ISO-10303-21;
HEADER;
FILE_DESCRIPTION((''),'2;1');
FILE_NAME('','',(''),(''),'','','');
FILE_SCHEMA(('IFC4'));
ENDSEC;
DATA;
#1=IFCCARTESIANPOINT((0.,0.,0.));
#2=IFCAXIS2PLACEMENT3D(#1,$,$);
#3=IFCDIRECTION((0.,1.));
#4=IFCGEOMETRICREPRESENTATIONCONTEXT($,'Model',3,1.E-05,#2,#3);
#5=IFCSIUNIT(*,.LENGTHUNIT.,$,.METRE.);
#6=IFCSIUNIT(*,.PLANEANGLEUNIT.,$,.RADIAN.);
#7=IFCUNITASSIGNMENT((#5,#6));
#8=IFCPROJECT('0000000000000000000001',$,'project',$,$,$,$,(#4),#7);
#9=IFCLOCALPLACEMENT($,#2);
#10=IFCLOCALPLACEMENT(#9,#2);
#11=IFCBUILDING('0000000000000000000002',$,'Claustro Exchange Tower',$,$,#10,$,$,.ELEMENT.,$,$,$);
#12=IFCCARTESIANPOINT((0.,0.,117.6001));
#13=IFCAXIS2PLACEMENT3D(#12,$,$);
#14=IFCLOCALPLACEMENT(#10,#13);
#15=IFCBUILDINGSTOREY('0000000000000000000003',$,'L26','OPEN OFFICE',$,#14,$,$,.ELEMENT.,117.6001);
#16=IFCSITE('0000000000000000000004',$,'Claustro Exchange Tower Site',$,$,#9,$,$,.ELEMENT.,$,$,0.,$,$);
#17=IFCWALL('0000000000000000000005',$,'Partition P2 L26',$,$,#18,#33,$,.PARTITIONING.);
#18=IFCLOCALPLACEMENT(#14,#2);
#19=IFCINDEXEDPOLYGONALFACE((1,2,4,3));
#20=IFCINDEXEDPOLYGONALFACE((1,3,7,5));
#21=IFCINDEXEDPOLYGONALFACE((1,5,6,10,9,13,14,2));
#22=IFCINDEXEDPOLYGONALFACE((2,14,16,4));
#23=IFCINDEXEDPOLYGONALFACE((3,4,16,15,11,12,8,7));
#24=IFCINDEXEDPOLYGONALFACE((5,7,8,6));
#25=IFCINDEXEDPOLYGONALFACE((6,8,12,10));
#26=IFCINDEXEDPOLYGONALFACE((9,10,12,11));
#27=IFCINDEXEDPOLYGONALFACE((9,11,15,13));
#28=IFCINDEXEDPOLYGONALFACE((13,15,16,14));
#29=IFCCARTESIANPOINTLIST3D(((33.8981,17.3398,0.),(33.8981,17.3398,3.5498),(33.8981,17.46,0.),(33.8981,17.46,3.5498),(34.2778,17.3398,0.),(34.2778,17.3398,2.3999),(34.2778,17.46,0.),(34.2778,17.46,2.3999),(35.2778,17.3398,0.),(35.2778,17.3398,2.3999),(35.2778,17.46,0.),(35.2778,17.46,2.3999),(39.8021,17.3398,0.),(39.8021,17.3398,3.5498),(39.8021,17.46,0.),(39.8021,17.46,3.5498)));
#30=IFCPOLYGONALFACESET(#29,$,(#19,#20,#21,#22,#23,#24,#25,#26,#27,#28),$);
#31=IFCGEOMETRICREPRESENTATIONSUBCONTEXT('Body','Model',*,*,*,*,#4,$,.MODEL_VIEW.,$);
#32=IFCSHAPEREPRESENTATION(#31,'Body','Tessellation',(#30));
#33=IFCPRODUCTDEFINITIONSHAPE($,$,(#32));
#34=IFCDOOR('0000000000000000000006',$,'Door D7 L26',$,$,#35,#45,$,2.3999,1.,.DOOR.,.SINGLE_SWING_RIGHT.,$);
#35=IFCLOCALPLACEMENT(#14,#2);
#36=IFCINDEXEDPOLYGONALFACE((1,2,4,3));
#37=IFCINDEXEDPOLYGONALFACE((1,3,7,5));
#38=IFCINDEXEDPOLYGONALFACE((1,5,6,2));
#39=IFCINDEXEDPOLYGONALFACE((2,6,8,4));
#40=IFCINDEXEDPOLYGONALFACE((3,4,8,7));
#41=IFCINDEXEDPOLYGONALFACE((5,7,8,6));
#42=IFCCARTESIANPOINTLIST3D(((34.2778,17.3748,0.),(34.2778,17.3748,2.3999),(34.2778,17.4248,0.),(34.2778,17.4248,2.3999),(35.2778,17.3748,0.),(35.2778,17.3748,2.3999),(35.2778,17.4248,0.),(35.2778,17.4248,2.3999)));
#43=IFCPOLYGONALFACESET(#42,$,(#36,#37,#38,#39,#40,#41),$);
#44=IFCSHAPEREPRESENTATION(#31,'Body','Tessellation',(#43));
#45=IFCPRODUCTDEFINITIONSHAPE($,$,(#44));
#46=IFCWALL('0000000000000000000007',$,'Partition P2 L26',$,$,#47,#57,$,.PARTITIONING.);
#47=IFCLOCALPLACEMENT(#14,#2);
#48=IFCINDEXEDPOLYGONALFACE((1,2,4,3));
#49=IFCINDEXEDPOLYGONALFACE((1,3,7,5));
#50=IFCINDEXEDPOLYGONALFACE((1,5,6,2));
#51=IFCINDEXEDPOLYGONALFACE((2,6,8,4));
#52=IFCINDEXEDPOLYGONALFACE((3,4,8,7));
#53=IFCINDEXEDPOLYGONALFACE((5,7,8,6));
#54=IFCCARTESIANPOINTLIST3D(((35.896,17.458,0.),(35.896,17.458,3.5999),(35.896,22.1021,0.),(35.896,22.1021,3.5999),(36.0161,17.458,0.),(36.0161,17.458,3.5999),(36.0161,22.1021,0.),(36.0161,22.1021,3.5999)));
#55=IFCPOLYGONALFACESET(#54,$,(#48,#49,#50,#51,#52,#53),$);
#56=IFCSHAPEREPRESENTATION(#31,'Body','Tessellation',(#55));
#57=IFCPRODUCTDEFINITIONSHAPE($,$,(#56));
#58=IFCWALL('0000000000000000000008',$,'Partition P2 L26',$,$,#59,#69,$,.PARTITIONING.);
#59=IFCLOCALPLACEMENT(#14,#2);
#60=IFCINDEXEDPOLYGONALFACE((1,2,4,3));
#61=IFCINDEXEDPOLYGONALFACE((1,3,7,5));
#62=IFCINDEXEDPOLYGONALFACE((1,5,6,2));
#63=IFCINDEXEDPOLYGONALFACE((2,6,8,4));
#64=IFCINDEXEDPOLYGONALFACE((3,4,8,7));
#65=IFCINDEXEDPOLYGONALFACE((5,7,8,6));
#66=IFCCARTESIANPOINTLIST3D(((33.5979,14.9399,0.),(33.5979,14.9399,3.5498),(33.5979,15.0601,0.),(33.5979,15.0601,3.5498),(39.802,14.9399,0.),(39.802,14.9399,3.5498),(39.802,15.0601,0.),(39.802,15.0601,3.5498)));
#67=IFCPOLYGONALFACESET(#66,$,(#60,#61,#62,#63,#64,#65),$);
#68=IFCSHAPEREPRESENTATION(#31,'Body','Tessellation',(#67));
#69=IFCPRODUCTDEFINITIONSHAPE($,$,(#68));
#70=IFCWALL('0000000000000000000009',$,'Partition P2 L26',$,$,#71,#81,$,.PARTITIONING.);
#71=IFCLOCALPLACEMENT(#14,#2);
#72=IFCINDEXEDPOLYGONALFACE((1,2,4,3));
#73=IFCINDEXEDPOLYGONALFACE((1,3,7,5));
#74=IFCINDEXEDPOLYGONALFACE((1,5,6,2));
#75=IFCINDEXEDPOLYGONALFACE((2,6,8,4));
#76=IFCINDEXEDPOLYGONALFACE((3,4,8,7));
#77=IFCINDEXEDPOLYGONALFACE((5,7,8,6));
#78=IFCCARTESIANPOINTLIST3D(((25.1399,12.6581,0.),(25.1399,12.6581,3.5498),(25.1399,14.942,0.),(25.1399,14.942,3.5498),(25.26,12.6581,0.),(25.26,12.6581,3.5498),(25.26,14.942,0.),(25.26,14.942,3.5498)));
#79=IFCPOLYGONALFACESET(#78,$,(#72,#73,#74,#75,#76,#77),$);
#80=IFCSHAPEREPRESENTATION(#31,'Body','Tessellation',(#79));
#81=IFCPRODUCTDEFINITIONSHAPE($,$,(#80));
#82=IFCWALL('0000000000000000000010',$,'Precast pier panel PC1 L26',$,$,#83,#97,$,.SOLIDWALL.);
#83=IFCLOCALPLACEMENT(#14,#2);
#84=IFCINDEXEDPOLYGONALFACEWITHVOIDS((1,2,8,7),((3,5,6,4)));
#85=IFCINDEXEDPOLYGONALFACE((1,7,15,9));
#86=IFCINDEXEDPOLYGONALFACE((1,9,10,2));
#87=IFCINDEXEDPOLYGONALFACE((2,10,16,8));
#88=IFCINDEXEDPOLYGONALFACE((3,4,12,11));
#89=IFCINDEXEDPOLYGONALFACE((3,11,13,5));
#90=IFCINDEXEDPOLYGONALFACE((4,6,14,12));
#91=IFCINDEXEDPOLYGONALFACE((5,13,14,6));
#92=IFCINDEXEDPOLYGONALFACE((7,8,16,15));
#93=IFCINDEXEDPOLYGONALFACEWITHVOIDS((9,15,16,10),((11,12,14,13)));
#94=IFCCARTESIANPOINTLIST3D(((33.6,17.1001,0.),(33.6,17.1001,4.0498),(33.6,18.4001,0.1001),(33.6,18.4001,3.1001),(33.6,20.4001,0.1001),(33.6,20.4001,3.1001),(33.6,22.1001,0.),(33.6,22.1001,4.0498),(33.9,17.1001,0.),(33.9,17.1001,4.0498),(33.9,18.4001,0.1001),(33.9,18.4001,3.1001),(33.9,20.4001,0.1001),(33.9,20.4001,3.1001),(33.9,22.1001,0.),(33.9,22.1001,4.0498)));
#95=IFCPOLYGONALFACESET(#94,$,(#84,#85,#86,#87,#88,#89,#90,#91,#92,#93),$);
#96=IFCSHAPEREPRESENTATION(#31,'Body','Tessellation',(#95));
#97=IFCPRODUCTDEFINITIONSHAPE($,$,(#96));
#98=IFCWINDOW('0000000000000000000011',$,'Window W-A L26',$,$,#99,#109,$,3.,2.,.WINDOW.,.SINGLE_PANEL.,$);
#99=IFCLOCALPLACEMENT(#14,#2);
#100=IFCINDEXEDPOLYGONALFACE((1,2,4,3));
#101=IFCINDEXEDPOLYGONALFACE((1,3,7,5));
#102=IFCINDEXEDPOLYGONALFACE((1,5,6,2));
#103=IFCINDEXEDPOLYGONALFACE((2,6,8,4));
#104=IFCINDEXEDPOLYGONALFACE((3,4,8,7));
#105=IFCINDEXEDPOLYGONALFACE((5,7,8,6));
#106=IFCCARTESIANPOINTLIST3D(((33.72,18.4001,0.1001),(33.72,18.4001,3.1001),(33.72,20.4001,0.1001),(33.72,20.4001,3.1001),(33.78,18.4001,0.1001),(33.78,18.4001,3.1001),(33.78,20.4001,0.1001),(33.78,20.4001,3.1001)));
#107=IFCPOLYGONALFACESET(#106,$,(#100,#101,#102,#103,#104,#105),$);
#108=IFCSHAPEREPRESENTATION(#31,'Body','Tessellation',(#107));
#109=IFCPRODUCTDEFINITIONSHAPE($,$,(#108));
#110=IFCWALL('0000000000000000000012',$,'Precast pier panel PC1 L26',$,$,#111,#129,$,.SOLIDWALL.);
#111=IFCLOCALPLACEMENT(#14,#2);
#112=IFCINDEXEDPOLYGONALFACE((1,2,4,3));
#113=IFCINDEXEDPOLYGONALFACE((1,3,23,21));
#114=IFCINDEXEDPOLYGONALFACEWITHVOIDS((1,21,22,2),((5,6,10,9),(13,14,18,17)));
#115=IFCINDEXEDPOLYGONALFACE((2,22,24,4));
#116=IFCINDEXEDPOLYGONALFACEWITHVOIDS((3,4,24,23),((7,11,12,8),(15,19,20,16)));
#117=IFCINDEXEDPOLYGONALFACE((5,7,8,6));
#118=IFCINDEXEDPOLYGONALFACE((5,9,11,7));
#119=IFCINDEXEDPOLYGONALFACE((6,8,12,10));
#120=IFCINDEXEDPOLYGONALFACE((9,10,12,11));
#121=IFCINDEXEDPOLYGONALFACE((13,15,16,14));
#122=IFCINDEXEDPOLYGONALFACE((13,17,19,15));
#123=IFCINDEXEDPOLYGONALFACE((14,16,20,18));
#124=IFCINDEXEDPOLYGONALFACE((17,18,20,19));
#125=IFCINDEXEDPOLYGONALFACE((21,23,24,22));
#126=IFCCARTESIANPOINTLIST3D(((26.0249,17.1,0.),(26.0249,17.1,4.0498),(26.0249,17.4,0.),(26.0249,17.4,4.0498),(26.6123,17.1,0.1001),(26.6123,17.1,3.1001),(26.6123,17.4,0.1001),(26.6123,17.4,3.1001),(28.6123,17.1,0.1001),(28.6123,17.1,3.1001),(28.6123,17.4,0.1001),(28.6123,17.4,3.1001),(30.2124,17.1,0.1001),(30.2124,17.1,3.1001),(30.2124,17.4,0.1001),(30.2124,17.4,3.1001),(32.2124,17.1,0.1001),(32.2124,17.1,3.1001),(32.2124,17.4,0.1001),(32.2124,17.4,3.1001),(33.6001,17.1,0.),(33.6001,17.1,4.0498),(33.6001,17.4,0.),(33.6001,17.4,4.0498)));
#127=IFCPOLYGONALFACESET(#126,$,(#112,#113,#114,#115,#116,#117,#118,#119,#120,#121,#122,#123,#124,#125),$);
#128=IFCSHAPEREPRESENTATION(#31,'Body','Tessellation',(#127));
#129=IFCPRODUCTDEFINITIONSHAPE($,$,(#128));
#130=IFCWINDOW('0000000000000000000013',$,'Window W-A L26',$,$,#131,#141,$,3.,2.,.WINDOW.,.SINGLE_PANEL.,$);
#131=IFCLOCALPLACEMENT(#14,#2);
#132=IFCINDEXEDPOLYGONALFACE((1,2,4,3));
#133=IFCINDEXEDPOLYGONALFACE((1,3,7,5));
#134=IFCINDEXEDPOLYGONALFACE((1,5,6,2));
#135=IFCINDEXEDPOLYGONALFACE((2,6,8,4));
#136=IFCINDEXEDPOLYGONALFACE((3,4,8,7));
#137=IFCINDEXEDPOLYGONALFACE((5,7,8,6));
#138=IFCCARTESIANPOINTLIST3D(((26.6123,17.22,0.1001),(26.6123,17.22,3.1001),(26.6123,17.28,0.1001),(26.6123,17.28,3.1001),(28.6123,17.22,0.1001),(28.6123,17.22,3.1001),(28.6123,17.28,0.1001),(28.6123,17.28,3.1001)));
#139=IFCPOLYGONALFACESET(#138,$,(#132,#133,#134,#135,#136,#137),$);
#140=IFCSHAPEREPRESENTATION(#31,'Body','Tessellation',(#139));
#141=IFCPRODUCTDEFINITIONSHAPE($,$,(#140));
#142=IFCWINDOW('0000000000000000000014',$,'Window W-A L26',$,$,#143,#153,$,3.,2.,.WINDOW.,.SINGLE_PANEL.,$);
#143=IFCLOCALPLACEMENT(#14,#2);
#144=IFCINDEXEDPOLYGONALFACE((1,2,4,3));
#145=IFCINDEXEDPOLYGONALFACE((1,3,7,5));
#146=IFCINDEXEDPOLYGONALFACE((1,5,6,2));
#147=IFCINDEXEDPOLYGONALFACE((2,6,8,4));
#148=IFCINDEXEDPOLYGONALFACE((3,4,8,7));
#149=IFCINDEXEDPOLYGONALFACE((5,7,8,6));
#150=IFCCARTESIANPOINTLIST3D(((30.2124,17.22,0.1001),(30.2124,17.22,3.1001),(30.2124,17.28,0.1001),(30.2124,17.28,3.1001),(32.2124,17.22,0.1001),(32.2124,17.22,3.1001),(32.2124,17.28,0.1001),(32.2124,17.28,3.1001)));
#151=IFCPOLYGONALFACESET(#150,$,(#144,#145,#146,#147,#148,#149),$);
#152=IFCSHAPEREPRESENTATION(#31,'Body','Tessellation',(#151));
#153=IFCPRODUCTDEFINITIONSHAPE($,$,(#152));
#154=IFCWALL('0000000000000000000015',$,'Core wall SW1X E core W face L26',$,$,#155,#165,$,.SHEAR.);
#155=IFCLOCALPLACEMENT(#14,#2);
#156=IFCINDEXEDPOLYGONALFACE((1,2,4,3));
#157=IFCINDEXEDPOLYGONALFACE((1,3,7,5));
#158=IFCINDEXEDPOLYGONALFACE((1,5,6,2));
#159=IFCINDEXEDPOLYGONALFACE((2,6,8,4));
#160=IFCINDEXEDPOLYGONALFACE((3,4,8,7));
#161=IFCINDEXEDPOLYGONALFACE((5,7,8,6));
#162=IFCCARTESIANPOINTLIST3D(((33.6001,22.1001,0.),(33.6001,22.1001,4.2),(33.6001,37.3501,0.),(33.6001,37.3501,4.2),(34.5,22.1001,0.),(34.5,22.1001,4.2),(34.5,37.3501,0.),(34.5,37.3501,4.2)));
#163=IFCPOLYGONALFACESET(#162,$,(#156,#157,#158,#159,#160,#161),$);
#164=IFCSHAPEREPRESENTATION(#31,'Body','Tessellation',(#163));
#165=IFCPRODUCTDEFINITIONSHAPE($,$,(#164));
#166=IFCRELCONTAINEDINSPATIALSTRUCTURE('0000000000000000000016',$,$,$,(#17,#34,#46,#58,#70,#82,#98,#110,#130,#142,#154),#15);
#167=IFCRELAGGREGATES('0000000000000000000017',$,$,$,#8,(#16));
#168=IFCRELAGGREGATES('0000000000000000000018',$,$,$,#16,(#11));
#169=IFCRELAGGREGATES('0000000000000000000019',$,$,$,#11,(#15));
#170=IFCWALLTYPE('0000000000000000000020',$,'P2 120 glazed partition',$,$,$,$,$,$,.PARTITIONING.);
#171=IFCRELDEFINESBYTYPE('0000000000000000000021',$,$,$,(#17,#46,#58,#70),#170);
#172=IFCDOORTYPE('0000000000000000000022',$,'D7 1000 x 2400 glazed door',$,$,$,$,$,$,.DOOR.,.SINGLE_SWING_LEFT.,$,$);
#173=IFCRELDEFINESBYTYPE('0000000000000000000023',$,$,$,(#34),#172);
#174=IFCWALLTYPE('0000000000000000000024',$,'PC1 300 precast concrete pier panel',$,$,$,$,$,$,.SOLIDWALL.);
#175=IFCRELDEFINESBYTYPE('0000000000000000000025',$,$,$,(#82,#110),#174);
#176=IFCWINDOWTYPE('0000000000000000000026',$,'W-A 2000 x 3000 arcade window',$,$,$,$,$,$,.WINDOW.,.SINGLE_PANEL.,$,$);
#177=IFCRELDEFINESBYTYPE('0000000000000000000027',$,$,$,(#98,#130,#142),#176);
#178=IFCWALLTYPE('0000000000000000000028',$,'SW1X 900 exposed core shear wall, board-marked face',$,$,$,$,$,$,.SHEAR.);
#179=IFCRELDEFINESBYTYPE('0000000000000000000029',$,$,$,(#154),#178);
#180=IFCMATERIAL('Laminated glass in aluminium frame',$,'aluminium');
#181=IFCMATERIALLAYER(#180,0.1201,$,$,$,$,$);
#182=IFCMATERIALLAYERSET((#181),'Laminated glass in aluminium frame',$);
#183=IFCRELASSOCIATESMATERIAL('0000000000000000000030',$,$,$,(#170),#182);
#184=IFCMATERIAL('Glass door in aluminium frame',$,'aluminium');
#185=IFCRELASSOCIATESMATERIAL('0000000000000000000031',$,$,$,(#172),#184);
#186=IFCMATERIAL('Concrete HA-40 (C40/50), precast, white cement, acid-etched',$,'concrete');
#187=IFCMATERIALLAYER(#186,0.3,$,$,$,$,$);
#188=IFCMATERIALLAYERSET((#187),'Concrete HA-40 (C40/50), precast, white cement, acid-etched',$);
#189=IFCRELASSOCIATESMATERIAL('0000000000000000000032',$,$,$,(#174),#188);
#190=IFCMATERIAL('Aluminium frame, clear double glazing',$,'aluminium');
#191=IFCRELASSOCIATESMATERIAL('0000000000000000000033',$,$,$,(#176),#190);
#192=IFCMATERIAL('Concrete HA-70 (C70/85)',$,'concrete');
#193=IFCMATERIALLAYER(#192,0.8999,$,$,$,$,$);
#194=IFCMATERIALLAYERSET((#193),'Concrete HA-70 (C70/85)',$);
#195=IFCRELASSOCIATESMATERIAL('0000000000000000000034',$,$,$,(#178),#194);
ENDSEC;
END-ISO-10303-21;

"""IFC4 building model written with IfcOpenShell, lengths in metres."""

from ifc_helpers import new_model, si_unit, direction, frame, frame_2d, origin, place, context, subcontext, project, spatial, rectangle, extrude, material, layer, layer_set, type_object, element, fill, save


model = new_model("IFC4")

# Units and contexts
model_context = context("Model", 3, precision=1e-05, world=origin(), true_north=direction((0.0, 1.0)))
body_context = subcontext(model_context, "Body", "Model", "MODEL_VIEW")
ifc_project = project(units=[si_unit("LENGTHUNIT", "METRE"), si_unit("PLANEANGLEUNIT", "RADIAN")], contexts=[model_context])

# Site, building, storey
site_placement = place(None, origin())
site = spatial("IfcSite", under=ifc_project, at=site_placement, Name="Claustro Exchange Tower Site", CompositionType="ELEMENT", RefElevation=0.0)
building_placement = place(site_placement, origin())
building = spatial("IfcBuilding", under=site, at=building_placement, Name="Claustro Exchange Tower", CompositionType="ELEMENT")
storey_placement = place(building_placement, frame((0.0, 0.0, 117.6001)))
storey = spatial("IfcBuildingStorey", under=building, at=storey_placement, Name="L26", Description="OPEN OFFICE", CompositionType="ELEMENT", Elevation=117.6001)

# Wall, opening, door
ifc_material_1 = material(Name="Laminated glass in aluminium frame", Category="aluminium")
ifc_layer_1 = layer(ifc_material_1, 0.1201)
ifc_layer_set_1 = layer_set([ifc_layer_1], Name="Laminated glass in aluminium frame")
wall_type_1 = type_object("IfcWallType", Name="P2 120 glazed partition", PredefinedType="PARTITIONING", material=ifc_layer_set_1)
wall_1_placement = place(storey_placement, frame((33.8979, 17.3999, 0.0), z_axis=(0.0, 0.0, 1.0), x_axis=(1.0, 0.0, 0.0)))
wall_1 = element("IfcWall", 1, at=wall_1_placement, inside=storey, type_object=wall_type_1, Name="Partition P2 L26", PredefinedType="PARTITIONING", context=body_context, shape_type="SweptSolid", body=[
    extrude(rectangle(XDim=5.9041, YDim=0.1201, at=frame_2d((2.9521, 0.0))), origin(), (0.0, 0.0, 1.0), 3.5498),
])
opening_1_placement = place(wall_1_placement, frame((0.3799, 0.0, 0.0)))
opening_1 = element("IfcOpeningElement", 2, at=opening_1_placement, cuts=wall_1, PredefinedType="OPENING", context=body_context, shape_type="SweptSolid", body=[
    extrude(rectangle(XDim=1.0, YDim=2.3999, at=frame_2d((0.5, 1.2))), frame((0.0, 0.0701, 0.0), z_axis=(0.0, -1.0, 0.0), x_axis=(1.0, 0.0, 0.0)), (0.0, 0.0, 1.0), 0.1401),
])
ifc_material_2 = material(Name="Glass door in aluminium frame", Category="aluminium")
door_type_1 = type_object("IfcDoorType", Name="D7 1000 x 2400 glazed door", OperationType="SINGLE_SWING_LEFT", PredefinedType="DOOR", material=ifc_material_2)
door_1_placement = place(opening_1_placement, origin())
door_1 = element("IfcDoor", 3, at=door_1_placement, inside=storey, type_object=door_type_1, Name="Door D7 L26", OperationType="SINGLE_SWING_RIGHT", OverallHeight=2.3999, OverallWidth=1.0, PredefinedType="DOOR", context=body_context, shape_type="SweptSolid", body=[
    extrude(rectangle(XDim=1.0, YDim=2.3999, at=frame_2d((0.5, 1.2))), frame((0.0, 0.0249, 0.0), z_axis=(0.0, -1.0, 0.0), x_axis=(1.0, 0.0, 0.0)), (0.0, 0.0, 1.0), 0.05),
])
fill(opening_1, door_1)

# Walls
wall_2_placement = place(storey_placement, frame((35.9561, 17.458, 0.0), z_axis=(0.0, 0.0, 1.0), x_axis=(0.0, 1.0, 0.0)))
element("IfcWall", 4, at=wall_2_placement, inside=storey, type_object=wall_type_1, Name="Partition P2 L26", PredefinedType="PARTITIONING", context=body_context, shape_type="SweptSolid", body=[
    extrude(rectangle(XDim=4.644, YDim=0.1201, at=frame_2d((2.322, 0.0))), origin(), (0.0, 0.0, 1.0), 3.5999),
])
wall_3_placement = place(storey_placement, frame((33.5979, 15.0, 0.0), z_axis=(0.0, 0.0, 1.0), x_axis=(1.0, 0.0, 0.0)))
element("IfcWall", 5, at=wall_3_placement, inside=storey, type_object=wall_type_1, Name="Partition P2 L26", PredefinedType="PARTITIONING", context=body_context, shape_type="SweptSolid", body=[
    extrude(rectangle(XDim=6.2041, YDim=0.1201, at=frame_2d((3.1021, 0.0))), origin(), (0.0, 0.0, 1.0), 3.5498),
])
wall_4_placement = place(storey_placement, frame((25.2, 12.658, 0.0), z_axis=(0.0, 0.0, 1.0), x_axis=(0.0, 1.0, 0.0)))
element("IfcWall", 6, at=wall_4_placement, inside=storey, type_object=wall_type_1, Name="Partition P2 L26", PredefinedType="PARTITIONING", context=body_context, shape_type="SweptSolid", body=[
    extrude(rectangle(XDim=2.2839, YDim=0.1201, at=frame_2d((1.1421, 0.0))), origin(), (0.0, 0.0, 1.0), 3.5498),
])

# Wall, opening, window
ifc_material_3 = material(Name="Concrete HA-40 (C40/50), precast, white cement, acid-etched", Category="concrete")
ifc_layer_2 = layer(ifc_material_3, 0.3)
ifc_layer_set_2 = layer_set([ifc_layer_2], Name="Concrete HA-40 (C40/50), precast, white cement, acid-etched")
wall_type_2 = type_object("IfcWallType", Name="PC1 300 precast concrete pier panel", PredefinedType="SOLIDWALL", material=ifc_layer_set_2)
wall_5_placement = place(storey_placement, frame((33.75, 17.1001, 0.0), z_axis=(0.0, 0.0, 1.0), x_axis=(0.0, 1.0, 0.0)))
wall_5 = element("IfcWall", 7, at=wall_5_placement, inside=storey, type_object=wall_type_2, Name="Precast pier panel PC1 L26", PredefinedType="SOLIDWALL", context=body_context, shape_type="SweptSolid", body=[
    extrude(rectangle(XDim=5.0, YDim=0.3, at=frame_2d((2.5, 0.0))), origin(), (0.0, 0.0, 1.0), 4.0498),
])
opening_2_placement = place(wall_5_placement, frame((1.3, 0.0, 0.1001)))
opening_2 = element("IfcOpeningElement", 8, at=opening_2_placement, cuts=wall_5, PredefinedType="OPENING", context=body_context, shape_type="SweptSolid", body=[
    extrude(rectangle(XDim=2.0, YDim=3.0, at=frame_2d((1.0, 1.5))), frame((0.0, 0.1599, 0.0), z_axis=(0.0, -1.0, 0.0), x_axis=(1.0, 0.0, 0.0)), (0.0, 0.0, 1.0), 0.3201),
])
ifc_material_4 = material(Name="Aluminium frame, clear double glazing", Category="aluminium")
window_type = type_object("IfcWindowType", Name="W-A 2000 x 3000 arcade window", PartitioningType="SINGLE_PANEL", PredefinedType="WINDOW", material=ifc_material_4)
window_1_placement = place(opening_2_placement, origin())
window_1 = element("IfcWindow", 9, at=window_1_placement, inside=storey, type_object=window_type, Name="Window W-A L26", OverallHeight=3.0, OverallWidth=2.0, PartitioningType="SINGLE_PANEL", PredefinedType="WINDOW", context=body_context, shape_type="SweptSolid", body=[
    extrude(rectangle(XDim=2.0, YDim=3.0, at=frame_2d((1.0, 1.5))), frame((0.0, 0.03, 0.0), z_axis=(0.0, -1.0, 0.0), x_axis=(1.0, 0.0, 0.0)), (0.0, 0.0, 1.0), 0.0601),
])
fill(opening_2, window_1)

# Wall, openings, windows
wall_6_placement = place(storey_placement, frame((26.0249, 17.25, 0.0), z_axis=(0.0, 0.0, 1.0), x_axis=(1.0, 0.0, 0.0)))
wall_6 = element("IfcWall", 10, at=wall_6_placement, inside=storey, type_object=wall_type_2, Name="Precast pier panel PC1 L26", PredefinedType="SOLIDWALL", context=body_context, shape_type="SweptSolid", body=[
    extrude(rectangle(XDim=7.5752, YDim=0.3, at=frame_2d((3.7876, 0.0))), origin(), (0.0, 0.0, 1.0), 4.0498),
])
opening_3_placement = place(wall_6_placement, frame((0.5874, 0.0, 0.1001)))
opening_3 = element("IfcOpeningElement", 11, at=opening_3_placement, cuts=wall_6, PredefinedType="OPENING", context=body_context, shape_type="SweptSolid", body=[
    extrude(rectangle(XDim=2.0, YDim=3.0, at=frame_2d((1.0, 1.5))), frame((0.0, 0.1599, 0.0), z_axis=(0.0, -1.0, 0.0), x_axis=(1.0, 0.0, 0.0)), (0.0, 0.0, 1.0), 0.3201),
])
opening_4_placement = place(wall_6_placement, frame((4.1875, 0.0, 0.1001)))
opening_4 = element("IfcOpeningElement", 12, at=opening_4_placement, cuts=wall_6, PredefinedType="OPENING", context=body_context, shape_type="SweptSolid", body=[
    extrude(rectangle(XDim=2.0, YDim=3.0, at=frame_2d((1.0, 1.5))), frame((0.0, 0.1599, 0.0), z_axis=(0.0, -1.0, 0.0), x_axis=(1.0, 0.0, 0.0)), (0.0, 0.0, 1.0), 0.3201),
])
window_2_placement = place(opening_3_placement, origin())
window_2 = element("IfcWindow", 13, at=window_2_placement, inside=storey, type_object=window_type, Name="Window W-A L26", OverallHeight=3.0, OverallWidth=2.0, PartitioningType="SINGLE_PANEL", PredefinedType="WINDOW", context=body_context, shape_type="SweptSolid", body=[
    extrude(rectangle(XDim=2.0, YDim=3.0, at=frame_2d((1.0, 1.5))), frame((0.0, 0.03, 0.0), z_axis=(0.0, -1.0, 0.0), x_axis=(1.0, 0.0, 0.0)), (0.0, 0.0, 1.0), 0.0601),
])
fill(opening_3, window_2)
window_3_placement = place(opening_4_placement, origin())
window_3 = element("IfcWindow", 14, at=window_3_placement, inside=storey, type_object=window_type, Name="Window W-A L26", OverallHeight=3.0, OverallWidth=2.0, PartitioningType="SINGLE_PANEL", PredefinedType="WINDOW", context=body_context, shape_type="SweptSolid", body=[
    extrude(rectangle(XDim=2.0, YDim=3.0, at=frame_2d((1.0, 1.5))), frame((0.0, 0.03, 0.0), z_axis=(0.0, -1.0, 0.0), x_axis=(1.0, 0.0, 0.0)), (0.0, 0.0, 1.0), 0.0601),
])
fill(opening_4, window_3)

# Wall
ifc_material_5 = material(Name="Concrete HA-70 (C70/85)", Category="concrete")
ifc_layer_3 = layer(ifc_material_5, 0.8999)
ifc_layer_set_3 = layer_set([ifc_layer_3], Name="Concrete HA-70 (C70/85)")
wall_type_3 = type_object("IfcWallType", Name="SW1X 900 exposed core shear wall, board-marked face", PredefinedType="SHEAR", material=ifc_layer_set_3)
wall_7_placement = place(storey_placement, frame((34.05, 22.1001, 0.0), z_axis=(0.0, 0.0, 1.0), x_axis=(0.0, 1.0, 0.0)))
element("IfcWall", 15, at=wall_7_placement, inside=storey, type_object=wall_type_3, Name="Core wall SW1X E core W face L26", PredefinedType="SHEAR", context=body_context, shape_type="SweptSolid", body=[
    extrude(rectangle(XDim=15.25, YDim=0.8999, at=frame_2d((7.625, 0.0))), origin(), (0.0, 0.0, 1.0), 4.2),
])

save(model, "model.ifc")
